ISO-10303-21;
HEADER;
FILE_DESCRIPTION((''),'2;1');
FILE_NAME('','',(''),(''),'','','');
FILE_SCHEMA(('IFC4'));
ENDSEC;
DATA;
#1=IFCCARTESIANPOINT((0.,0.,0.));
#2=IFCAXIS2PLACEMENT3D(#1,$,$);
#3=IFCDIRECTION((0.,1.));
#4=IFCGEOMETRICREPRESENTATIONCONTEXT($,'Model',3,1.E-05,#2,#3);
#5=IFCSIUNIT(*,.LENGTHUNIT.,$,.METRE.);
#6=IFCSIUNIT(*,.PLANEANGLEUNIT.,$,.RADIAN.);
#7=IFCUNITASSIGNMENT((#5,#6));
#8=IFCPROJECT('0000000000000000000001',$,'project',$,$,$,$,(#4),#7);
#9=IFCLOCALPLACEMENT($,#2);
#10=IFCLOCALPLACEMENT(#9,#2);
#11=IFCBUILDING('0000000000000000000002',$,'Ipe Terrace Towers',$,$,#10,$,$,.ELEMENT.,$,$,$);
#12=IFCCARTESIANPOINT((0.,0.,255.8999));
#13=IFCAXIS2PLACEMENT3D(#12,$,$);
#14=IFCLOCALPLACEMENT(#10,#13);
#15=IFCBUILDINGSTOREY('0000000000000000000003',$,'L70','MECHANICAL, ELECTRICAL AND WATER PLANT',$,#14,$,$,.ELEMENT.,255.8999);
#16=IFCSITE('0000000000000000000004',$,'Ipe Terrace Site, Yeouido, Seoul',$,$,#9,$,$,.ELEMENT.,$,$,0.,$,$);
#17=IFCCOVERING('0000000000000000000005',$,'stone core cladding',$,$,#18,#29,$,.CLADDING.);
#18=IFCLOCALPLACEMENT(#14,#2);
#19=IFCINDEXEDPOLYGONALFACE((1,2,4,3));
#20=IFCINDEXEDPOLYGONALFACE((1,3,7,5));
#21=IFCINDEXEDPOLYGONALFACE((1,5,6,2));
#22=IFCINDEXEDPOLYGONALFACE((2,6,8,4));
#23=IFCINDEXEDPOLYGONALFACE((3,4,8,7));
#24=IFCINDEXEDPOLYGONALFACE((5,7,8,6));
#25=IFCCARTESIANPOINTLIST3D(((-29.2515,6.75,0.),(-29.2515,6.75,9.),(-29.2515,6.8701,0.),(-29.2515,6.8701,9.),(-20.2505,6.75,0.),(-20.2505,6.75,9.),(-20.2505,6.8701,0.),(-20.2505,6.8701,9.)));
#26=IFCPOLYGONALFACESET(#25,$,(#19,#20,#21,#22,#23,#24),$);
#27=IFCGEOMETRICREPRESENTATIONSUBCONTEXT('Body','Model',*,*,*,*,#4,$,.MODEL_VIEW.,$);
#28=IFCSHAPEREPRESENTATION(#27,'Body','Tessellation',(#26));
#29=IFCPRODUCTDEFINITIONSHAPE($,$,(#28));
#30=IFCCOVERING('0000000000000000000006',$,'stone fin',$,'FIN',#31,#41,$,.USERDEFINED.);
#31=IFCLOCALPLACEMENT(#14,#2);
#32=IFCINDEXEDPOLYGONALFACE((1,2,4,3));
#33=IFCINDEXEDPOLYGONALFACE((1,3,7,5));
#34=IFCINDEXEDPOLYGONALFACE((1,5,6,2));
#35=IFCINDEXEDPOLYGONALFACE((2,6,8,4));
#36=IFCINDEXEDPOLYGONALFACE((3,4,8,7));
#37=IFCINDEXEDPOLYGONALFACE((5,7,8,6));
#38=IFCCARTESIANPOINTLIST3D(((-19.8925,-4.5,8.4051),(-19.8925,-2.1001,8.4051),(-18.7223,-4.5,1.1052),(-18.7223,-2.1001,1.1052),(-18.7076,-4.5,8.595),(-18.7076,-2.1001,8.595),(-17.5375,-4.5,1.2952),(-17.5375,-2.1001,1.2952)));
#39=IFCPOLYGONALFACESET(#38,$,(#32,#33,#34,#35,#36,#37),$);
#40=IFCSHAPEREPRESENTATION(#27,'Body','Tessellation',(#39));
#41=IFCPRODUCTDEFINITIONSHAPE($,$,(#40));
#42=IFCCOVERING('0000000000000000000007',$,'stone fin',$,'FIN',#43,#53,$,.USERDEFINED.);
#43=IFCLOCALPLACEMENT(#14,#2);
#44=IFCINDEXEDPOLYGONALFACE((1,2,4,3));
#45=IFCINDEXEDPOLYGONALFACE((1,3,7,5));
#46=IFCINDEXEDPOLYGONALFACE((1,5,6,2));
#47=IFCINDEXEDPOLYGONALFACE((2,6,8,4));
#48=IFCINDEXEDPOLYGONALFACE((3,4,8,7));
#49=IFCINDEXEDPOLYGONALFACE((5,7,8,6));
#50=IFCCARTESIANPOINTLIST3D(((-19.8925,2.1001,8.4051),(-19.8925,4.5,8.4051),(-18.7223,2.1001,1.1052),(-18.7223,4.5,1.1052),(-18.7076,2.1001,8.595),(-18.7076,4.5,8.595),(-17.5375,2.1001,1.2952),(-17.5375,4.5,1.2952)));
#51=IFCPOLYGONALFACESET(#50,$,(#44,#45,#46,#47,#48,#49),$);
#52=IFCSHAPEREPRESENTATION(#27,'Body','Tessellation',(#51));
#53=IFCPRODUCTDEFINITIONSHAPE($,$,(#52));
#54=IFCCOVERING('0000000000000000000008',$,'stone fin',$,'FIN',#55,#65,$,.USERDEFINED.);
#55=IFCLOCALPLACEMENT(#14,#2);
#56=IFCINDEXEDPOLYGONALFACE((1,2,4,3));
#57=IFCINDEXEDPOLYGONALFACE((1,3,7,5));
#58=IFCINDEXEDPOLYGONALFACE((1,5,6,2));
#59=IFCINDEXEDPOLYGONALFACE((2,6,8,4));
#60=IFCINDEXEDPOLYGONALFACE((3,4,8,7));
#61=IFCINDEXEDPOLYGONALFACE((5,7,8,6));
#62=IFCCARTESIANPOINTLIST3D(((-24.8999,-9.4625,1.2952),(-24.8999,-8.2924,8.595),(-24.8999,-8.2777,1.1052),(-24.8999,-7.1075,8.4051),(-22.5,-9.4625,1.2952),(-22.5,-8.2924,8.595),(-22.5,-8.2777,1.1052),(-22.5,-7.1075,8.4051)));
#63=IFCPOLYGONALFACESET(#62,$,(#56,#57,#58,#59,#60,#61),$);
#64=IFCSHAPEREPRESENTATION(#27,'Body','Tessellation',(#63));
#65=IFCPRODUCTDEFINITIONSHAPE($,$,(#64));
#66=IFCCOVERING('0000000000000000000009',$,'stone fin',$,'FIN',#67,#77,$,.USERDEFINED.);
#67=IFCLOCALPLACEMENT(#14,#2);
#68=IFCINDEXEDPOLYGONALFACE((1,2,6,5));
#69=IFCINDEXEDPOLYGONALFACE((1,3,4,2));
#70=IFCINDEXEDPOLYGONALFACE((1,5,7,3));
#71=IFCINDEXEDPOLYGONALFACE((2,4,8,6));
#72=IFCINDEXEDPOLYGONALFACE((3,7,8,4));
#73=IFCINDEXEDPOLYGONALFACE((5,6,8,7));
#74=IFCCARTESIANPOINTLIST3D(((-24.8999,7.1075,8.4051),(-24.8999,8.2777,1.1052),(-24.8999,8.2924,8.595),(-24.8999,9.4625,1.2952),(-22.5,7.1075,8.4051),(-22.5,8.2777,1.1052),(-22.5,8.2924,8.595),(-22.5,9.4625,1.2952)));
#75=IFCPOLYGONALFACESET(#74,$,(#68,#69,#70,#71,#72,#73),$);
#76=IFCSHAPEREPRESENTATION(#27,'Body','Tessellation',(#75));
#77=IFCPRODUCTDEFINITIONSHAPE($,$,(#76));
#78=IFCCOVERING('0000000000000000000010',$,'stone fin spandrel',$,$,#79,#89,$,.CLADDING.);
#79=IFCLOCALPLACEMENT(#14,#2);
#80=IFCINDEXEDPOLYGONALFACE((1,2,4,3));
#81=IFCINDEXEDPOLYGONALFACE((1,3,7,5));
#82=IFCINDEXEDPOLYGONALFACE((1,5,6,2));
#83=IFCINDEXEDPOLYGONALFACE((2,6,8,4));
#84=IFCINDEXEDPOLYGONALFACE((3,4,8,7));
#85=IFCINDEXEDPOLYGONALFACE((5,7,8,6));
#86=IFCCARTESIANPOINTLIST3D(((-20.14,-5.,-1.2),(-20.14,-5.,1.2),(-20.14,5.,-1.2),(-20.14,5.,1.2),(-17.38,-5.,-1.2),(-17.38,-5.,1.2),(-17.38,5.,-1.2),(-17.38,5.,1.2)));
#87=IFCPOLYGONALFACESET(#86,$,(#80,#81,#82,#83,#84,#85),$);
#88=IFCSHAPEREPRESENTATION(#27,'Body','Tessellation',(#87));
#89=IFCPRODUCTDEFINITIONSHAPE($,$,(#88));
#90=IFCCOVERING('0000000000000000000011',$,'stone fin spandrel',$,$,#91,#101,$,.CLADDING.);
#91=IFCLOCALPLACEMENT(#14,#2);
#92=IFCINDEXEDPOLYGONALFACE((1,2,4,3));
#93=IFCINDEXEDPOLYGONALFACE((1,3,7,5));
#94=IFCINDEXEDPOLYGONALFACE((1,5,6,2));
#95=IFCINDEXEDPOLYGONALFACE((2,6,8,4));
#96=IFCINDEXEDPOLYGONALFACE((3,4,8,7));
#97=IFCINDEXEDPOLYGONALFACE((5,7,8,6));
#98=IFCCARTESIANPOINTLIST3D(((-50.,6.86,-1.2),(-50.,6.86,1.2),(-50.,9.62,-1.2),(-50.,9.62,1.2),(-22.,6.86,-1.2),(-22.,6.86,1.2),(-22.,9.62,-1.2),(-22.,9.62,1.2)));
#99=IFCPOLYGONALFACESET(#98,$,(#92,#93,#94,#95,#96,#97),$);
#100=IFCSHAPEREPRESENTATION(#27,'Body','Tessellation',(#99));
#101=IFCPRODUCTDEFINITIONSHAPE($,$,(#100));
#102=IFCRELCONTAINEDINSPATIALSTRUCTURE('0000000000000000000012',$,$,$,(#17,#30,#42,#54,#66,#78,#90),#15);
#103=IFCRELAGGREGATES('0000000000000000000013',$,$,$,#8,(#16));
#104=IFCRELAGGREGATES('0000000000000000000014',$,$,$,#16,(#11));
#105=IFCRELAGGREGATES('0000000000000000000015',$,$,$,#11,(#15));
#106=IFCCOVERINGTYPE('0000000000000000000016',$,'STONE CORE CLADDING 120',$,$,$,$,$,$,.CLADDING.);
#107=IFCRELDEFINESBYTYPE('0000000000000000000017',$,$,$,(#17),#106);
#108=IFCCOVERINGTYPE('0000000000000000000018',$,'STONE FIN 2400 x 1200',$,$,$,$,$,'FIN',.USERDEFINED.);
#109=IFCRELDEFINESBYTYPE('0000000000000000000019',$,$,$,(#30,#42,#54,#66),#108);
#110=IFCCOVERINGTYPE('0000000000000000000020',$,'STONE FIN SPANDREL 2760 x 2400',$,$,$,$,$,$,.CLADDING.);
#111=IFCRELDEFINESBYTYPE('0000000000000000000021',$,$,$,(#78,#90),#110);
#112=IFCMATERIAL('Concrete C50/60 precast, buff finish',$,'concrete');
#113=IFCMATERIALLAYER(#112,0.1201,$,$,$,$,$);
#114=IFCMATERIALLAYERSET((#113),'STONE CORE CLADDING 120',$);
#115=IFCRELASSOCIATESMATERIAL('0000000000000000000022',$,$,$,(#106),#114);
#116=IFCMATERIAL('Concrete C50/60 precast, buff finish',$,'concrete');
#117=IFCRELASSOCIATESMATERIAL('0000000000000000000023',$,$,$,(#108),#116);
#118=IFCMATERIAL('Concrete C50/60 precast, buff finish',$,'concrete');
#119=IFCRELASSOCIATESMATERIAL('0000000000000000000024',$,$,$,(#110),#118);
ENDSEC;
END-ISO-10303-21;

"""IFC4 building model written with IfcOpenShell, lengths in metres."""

from ifc_helpers import new_model, si_unit, direction, frame, origin, origin_2d, place, context, subcontext, project, spatial, rectangle, extrude, material, layer, layer_set, material_profile, profile_set, type_object, element, save


model = new_model("IFC4")

# Units and contexts
model_context = context("Model", 3, precision=1e-05, world=origin(), true_north=direction((0.0, 1.0)))
body_context = subcontext(model_context, "Body", "Model", "MODEL_VIEW")
ifc_project = project(units=[si_unit("LENGTHUNIT", "METRE"), si_unit("PLANEANGLEUNIT", "RADIAN")], contexts=[model_context])

# Site, building, storey
site_placement = place(None, origin())
site = spatial("IfcSite", under=ifc_project, at=site_placement, Name="Ipe Terrace Site, Yeouido, Seoul", CompositionType="ELEMENT", RefElevation=0.0)
building_placement = place(site_placement, origin())
building = spatial("IfcBuilding", under=site, at=building_placement, Name="Ipe Terrace Towers", CompositionType="ELEMENT")
storey_placement = place(building_placement, frame((0.0, 0.0, 255.8999)))
storey = spatial("IfcBuildingStorey", under=building, at=storey_placement, Name="L70", Description="MECHANICAL, ELECTRICAL AND WATER PLANT", CompositionType="ELEMENT", Elevation=255.8999)

# Coverings
ifc_material_1 = material(Name="Concrete C50/60 precast, buff finish", Category="concrete")
ifc_layer_1 = layer(ifc_material_1, 0.1201)
ifc_layer_set_1 = layer_set([ifc_layer_1], Name="STONE CORE CLADDING 120")
covering_type_1 = type_object("IfcCoveringType", Name="STONE CORE CLADDING 120", PredefinedType="CLADDING", material=ifc_layer_set_1)
for number, where, z_axis, x_axis, name in (
    (1, (-24.751, 6.8101, 0.0), (0.0, 0.0, 1.0), (-1.0, 0.0, 0.0), "stone core cladding"),
):
    element("IfcCovering", number, at=place(storey_placement, frame(where, z_axis=z_axis, x_axis=x_axis)), inside=storey, type_object=covering_type_1, Name=name, PredefinedType="CLADDING", context=body_context, shape_type="SweptSolid", body=[
        extrude(rectangle(XDim=9.001, YDim=0.1201, at=origin_2d()), origin(), (0.0, 0.0, 1.0), 9.0),
    ])
ifc_material_2 = material(Name="Concrete C50/60 precast, buff finish", Category="concrete")
ifc_material_profile_1 = material_profile(ifc_material_2, rectangle(XDim=2.3999, YDim=1.2, at=origin_2d()), Name="STONE FIN 2400 x 1200")
ifc_profile_set_1 = profile_set([ifc_material_profile_1], Name="Concrete C50/60 precast, buff finish")
covering_type_2 = type_object("IfcCoveringType", Name="STONE FIN 2400 x 1200", ElementType="FIN", PredefinedType="USERDEFINED", material=ifc_profile_set_1)
for number, where, z_axis, x_axis, name in (
    (2, (-18.1299, -3.3, 1.2002), (-0.15828, 0.0, 0.987394), (0.0, 1.0, 0.0), "stone fin"),
    (3, (-18.1299, 3.3, 1.2002), (-0.15828, 0.0, 0.987394), (0.0, 1.0, 0.0), "stone fin"),
    (4, (-23.7, -8.8701, 1.2002), (0.0, 0.15828, 0.987394), (1.0, 0.0, 0.0), "stone fin"),
    (5, (-23.7, 8.8701, 1.2002), (0.0, -0.15828, 0.987394), (-1.0, 0.0, 0.0), "stone fin"),
):
    element("IfcCovering", number, at=place(storey_placement, frame(where, z_axis=z_axis, x_axis=x_axis)), inside=storey, type_object=covering_type_2, Name=name, ObjectType="FIN", PredefinedType="USERDEFINED", context=body_context, shape_type="SweptSolid", body=[
        extrude(rectangle(XDim=2.3999, YDim=1.2, at=origin_2d()), origin(), (0.0, 0.0, 1.0), 7.3931),
    ])
ifc_material_3 = material(Name="Concrete C50/60 precast, buff finish", Category="concrete")
ifc_material_profile_2 = material_profile(ifc_material_3, rectangle(XDim=2.76, YDim=2.3999, at=origin_2d()), Name="STONE FIN SPANDREL 2760 x 2400")
ifc_profile_set_2 = profile_set([ifc_material_profile_2], Name="Concrete C50/60 precast, buff finish")
covering_type_3 = type_object("IfcCoveringType", Name="STONE FIN SPANDREL 2760 x 2400", PredefinedType="CLADDING", material=ifc_profile_set_2)
covering_1_placement = place(storey_placement, frame((-18.76, -5.0, 0.0), z_axis=(0.0, 1.0, 0.0), x_axis=(1.0, 0.0, 0.0)))
element("IfcCovering", 6, at=covering_1_placement, inside=storey, type_object=covering_type_3, Name="stone fin spandrel", PredefinedType="CLADDING", context=body_context, shape_type="SweptSolid", body=[
    extrude(rectangle(XDim=2.76, YDim=2.3999, at=origin_2d()), origin(), (0.0, 0.0, 1.0), 10.0),
])
covering_2_placement = place(storey_placement, frame((-22.0, 8.24, 0.0), z_axis=(-1.0, 0.0, 0.0), x_axis=(0.0, 1.0, 0.0)))
element("IfcCovering", 7, at=covering_2_placement, inside=storey, type_object=covering_type_3, Name="stone fin spandrel", PredefinedType="CLADDING", context=body_context, shape_type="SweptSolid", body=[
    extrude(rectangle(XDim=2.76, YDim=2.3999, at=origin_2d()), origin(), (0.0, 0.0, 1.0), 28.0),
])

save(model, "model.ifc")
